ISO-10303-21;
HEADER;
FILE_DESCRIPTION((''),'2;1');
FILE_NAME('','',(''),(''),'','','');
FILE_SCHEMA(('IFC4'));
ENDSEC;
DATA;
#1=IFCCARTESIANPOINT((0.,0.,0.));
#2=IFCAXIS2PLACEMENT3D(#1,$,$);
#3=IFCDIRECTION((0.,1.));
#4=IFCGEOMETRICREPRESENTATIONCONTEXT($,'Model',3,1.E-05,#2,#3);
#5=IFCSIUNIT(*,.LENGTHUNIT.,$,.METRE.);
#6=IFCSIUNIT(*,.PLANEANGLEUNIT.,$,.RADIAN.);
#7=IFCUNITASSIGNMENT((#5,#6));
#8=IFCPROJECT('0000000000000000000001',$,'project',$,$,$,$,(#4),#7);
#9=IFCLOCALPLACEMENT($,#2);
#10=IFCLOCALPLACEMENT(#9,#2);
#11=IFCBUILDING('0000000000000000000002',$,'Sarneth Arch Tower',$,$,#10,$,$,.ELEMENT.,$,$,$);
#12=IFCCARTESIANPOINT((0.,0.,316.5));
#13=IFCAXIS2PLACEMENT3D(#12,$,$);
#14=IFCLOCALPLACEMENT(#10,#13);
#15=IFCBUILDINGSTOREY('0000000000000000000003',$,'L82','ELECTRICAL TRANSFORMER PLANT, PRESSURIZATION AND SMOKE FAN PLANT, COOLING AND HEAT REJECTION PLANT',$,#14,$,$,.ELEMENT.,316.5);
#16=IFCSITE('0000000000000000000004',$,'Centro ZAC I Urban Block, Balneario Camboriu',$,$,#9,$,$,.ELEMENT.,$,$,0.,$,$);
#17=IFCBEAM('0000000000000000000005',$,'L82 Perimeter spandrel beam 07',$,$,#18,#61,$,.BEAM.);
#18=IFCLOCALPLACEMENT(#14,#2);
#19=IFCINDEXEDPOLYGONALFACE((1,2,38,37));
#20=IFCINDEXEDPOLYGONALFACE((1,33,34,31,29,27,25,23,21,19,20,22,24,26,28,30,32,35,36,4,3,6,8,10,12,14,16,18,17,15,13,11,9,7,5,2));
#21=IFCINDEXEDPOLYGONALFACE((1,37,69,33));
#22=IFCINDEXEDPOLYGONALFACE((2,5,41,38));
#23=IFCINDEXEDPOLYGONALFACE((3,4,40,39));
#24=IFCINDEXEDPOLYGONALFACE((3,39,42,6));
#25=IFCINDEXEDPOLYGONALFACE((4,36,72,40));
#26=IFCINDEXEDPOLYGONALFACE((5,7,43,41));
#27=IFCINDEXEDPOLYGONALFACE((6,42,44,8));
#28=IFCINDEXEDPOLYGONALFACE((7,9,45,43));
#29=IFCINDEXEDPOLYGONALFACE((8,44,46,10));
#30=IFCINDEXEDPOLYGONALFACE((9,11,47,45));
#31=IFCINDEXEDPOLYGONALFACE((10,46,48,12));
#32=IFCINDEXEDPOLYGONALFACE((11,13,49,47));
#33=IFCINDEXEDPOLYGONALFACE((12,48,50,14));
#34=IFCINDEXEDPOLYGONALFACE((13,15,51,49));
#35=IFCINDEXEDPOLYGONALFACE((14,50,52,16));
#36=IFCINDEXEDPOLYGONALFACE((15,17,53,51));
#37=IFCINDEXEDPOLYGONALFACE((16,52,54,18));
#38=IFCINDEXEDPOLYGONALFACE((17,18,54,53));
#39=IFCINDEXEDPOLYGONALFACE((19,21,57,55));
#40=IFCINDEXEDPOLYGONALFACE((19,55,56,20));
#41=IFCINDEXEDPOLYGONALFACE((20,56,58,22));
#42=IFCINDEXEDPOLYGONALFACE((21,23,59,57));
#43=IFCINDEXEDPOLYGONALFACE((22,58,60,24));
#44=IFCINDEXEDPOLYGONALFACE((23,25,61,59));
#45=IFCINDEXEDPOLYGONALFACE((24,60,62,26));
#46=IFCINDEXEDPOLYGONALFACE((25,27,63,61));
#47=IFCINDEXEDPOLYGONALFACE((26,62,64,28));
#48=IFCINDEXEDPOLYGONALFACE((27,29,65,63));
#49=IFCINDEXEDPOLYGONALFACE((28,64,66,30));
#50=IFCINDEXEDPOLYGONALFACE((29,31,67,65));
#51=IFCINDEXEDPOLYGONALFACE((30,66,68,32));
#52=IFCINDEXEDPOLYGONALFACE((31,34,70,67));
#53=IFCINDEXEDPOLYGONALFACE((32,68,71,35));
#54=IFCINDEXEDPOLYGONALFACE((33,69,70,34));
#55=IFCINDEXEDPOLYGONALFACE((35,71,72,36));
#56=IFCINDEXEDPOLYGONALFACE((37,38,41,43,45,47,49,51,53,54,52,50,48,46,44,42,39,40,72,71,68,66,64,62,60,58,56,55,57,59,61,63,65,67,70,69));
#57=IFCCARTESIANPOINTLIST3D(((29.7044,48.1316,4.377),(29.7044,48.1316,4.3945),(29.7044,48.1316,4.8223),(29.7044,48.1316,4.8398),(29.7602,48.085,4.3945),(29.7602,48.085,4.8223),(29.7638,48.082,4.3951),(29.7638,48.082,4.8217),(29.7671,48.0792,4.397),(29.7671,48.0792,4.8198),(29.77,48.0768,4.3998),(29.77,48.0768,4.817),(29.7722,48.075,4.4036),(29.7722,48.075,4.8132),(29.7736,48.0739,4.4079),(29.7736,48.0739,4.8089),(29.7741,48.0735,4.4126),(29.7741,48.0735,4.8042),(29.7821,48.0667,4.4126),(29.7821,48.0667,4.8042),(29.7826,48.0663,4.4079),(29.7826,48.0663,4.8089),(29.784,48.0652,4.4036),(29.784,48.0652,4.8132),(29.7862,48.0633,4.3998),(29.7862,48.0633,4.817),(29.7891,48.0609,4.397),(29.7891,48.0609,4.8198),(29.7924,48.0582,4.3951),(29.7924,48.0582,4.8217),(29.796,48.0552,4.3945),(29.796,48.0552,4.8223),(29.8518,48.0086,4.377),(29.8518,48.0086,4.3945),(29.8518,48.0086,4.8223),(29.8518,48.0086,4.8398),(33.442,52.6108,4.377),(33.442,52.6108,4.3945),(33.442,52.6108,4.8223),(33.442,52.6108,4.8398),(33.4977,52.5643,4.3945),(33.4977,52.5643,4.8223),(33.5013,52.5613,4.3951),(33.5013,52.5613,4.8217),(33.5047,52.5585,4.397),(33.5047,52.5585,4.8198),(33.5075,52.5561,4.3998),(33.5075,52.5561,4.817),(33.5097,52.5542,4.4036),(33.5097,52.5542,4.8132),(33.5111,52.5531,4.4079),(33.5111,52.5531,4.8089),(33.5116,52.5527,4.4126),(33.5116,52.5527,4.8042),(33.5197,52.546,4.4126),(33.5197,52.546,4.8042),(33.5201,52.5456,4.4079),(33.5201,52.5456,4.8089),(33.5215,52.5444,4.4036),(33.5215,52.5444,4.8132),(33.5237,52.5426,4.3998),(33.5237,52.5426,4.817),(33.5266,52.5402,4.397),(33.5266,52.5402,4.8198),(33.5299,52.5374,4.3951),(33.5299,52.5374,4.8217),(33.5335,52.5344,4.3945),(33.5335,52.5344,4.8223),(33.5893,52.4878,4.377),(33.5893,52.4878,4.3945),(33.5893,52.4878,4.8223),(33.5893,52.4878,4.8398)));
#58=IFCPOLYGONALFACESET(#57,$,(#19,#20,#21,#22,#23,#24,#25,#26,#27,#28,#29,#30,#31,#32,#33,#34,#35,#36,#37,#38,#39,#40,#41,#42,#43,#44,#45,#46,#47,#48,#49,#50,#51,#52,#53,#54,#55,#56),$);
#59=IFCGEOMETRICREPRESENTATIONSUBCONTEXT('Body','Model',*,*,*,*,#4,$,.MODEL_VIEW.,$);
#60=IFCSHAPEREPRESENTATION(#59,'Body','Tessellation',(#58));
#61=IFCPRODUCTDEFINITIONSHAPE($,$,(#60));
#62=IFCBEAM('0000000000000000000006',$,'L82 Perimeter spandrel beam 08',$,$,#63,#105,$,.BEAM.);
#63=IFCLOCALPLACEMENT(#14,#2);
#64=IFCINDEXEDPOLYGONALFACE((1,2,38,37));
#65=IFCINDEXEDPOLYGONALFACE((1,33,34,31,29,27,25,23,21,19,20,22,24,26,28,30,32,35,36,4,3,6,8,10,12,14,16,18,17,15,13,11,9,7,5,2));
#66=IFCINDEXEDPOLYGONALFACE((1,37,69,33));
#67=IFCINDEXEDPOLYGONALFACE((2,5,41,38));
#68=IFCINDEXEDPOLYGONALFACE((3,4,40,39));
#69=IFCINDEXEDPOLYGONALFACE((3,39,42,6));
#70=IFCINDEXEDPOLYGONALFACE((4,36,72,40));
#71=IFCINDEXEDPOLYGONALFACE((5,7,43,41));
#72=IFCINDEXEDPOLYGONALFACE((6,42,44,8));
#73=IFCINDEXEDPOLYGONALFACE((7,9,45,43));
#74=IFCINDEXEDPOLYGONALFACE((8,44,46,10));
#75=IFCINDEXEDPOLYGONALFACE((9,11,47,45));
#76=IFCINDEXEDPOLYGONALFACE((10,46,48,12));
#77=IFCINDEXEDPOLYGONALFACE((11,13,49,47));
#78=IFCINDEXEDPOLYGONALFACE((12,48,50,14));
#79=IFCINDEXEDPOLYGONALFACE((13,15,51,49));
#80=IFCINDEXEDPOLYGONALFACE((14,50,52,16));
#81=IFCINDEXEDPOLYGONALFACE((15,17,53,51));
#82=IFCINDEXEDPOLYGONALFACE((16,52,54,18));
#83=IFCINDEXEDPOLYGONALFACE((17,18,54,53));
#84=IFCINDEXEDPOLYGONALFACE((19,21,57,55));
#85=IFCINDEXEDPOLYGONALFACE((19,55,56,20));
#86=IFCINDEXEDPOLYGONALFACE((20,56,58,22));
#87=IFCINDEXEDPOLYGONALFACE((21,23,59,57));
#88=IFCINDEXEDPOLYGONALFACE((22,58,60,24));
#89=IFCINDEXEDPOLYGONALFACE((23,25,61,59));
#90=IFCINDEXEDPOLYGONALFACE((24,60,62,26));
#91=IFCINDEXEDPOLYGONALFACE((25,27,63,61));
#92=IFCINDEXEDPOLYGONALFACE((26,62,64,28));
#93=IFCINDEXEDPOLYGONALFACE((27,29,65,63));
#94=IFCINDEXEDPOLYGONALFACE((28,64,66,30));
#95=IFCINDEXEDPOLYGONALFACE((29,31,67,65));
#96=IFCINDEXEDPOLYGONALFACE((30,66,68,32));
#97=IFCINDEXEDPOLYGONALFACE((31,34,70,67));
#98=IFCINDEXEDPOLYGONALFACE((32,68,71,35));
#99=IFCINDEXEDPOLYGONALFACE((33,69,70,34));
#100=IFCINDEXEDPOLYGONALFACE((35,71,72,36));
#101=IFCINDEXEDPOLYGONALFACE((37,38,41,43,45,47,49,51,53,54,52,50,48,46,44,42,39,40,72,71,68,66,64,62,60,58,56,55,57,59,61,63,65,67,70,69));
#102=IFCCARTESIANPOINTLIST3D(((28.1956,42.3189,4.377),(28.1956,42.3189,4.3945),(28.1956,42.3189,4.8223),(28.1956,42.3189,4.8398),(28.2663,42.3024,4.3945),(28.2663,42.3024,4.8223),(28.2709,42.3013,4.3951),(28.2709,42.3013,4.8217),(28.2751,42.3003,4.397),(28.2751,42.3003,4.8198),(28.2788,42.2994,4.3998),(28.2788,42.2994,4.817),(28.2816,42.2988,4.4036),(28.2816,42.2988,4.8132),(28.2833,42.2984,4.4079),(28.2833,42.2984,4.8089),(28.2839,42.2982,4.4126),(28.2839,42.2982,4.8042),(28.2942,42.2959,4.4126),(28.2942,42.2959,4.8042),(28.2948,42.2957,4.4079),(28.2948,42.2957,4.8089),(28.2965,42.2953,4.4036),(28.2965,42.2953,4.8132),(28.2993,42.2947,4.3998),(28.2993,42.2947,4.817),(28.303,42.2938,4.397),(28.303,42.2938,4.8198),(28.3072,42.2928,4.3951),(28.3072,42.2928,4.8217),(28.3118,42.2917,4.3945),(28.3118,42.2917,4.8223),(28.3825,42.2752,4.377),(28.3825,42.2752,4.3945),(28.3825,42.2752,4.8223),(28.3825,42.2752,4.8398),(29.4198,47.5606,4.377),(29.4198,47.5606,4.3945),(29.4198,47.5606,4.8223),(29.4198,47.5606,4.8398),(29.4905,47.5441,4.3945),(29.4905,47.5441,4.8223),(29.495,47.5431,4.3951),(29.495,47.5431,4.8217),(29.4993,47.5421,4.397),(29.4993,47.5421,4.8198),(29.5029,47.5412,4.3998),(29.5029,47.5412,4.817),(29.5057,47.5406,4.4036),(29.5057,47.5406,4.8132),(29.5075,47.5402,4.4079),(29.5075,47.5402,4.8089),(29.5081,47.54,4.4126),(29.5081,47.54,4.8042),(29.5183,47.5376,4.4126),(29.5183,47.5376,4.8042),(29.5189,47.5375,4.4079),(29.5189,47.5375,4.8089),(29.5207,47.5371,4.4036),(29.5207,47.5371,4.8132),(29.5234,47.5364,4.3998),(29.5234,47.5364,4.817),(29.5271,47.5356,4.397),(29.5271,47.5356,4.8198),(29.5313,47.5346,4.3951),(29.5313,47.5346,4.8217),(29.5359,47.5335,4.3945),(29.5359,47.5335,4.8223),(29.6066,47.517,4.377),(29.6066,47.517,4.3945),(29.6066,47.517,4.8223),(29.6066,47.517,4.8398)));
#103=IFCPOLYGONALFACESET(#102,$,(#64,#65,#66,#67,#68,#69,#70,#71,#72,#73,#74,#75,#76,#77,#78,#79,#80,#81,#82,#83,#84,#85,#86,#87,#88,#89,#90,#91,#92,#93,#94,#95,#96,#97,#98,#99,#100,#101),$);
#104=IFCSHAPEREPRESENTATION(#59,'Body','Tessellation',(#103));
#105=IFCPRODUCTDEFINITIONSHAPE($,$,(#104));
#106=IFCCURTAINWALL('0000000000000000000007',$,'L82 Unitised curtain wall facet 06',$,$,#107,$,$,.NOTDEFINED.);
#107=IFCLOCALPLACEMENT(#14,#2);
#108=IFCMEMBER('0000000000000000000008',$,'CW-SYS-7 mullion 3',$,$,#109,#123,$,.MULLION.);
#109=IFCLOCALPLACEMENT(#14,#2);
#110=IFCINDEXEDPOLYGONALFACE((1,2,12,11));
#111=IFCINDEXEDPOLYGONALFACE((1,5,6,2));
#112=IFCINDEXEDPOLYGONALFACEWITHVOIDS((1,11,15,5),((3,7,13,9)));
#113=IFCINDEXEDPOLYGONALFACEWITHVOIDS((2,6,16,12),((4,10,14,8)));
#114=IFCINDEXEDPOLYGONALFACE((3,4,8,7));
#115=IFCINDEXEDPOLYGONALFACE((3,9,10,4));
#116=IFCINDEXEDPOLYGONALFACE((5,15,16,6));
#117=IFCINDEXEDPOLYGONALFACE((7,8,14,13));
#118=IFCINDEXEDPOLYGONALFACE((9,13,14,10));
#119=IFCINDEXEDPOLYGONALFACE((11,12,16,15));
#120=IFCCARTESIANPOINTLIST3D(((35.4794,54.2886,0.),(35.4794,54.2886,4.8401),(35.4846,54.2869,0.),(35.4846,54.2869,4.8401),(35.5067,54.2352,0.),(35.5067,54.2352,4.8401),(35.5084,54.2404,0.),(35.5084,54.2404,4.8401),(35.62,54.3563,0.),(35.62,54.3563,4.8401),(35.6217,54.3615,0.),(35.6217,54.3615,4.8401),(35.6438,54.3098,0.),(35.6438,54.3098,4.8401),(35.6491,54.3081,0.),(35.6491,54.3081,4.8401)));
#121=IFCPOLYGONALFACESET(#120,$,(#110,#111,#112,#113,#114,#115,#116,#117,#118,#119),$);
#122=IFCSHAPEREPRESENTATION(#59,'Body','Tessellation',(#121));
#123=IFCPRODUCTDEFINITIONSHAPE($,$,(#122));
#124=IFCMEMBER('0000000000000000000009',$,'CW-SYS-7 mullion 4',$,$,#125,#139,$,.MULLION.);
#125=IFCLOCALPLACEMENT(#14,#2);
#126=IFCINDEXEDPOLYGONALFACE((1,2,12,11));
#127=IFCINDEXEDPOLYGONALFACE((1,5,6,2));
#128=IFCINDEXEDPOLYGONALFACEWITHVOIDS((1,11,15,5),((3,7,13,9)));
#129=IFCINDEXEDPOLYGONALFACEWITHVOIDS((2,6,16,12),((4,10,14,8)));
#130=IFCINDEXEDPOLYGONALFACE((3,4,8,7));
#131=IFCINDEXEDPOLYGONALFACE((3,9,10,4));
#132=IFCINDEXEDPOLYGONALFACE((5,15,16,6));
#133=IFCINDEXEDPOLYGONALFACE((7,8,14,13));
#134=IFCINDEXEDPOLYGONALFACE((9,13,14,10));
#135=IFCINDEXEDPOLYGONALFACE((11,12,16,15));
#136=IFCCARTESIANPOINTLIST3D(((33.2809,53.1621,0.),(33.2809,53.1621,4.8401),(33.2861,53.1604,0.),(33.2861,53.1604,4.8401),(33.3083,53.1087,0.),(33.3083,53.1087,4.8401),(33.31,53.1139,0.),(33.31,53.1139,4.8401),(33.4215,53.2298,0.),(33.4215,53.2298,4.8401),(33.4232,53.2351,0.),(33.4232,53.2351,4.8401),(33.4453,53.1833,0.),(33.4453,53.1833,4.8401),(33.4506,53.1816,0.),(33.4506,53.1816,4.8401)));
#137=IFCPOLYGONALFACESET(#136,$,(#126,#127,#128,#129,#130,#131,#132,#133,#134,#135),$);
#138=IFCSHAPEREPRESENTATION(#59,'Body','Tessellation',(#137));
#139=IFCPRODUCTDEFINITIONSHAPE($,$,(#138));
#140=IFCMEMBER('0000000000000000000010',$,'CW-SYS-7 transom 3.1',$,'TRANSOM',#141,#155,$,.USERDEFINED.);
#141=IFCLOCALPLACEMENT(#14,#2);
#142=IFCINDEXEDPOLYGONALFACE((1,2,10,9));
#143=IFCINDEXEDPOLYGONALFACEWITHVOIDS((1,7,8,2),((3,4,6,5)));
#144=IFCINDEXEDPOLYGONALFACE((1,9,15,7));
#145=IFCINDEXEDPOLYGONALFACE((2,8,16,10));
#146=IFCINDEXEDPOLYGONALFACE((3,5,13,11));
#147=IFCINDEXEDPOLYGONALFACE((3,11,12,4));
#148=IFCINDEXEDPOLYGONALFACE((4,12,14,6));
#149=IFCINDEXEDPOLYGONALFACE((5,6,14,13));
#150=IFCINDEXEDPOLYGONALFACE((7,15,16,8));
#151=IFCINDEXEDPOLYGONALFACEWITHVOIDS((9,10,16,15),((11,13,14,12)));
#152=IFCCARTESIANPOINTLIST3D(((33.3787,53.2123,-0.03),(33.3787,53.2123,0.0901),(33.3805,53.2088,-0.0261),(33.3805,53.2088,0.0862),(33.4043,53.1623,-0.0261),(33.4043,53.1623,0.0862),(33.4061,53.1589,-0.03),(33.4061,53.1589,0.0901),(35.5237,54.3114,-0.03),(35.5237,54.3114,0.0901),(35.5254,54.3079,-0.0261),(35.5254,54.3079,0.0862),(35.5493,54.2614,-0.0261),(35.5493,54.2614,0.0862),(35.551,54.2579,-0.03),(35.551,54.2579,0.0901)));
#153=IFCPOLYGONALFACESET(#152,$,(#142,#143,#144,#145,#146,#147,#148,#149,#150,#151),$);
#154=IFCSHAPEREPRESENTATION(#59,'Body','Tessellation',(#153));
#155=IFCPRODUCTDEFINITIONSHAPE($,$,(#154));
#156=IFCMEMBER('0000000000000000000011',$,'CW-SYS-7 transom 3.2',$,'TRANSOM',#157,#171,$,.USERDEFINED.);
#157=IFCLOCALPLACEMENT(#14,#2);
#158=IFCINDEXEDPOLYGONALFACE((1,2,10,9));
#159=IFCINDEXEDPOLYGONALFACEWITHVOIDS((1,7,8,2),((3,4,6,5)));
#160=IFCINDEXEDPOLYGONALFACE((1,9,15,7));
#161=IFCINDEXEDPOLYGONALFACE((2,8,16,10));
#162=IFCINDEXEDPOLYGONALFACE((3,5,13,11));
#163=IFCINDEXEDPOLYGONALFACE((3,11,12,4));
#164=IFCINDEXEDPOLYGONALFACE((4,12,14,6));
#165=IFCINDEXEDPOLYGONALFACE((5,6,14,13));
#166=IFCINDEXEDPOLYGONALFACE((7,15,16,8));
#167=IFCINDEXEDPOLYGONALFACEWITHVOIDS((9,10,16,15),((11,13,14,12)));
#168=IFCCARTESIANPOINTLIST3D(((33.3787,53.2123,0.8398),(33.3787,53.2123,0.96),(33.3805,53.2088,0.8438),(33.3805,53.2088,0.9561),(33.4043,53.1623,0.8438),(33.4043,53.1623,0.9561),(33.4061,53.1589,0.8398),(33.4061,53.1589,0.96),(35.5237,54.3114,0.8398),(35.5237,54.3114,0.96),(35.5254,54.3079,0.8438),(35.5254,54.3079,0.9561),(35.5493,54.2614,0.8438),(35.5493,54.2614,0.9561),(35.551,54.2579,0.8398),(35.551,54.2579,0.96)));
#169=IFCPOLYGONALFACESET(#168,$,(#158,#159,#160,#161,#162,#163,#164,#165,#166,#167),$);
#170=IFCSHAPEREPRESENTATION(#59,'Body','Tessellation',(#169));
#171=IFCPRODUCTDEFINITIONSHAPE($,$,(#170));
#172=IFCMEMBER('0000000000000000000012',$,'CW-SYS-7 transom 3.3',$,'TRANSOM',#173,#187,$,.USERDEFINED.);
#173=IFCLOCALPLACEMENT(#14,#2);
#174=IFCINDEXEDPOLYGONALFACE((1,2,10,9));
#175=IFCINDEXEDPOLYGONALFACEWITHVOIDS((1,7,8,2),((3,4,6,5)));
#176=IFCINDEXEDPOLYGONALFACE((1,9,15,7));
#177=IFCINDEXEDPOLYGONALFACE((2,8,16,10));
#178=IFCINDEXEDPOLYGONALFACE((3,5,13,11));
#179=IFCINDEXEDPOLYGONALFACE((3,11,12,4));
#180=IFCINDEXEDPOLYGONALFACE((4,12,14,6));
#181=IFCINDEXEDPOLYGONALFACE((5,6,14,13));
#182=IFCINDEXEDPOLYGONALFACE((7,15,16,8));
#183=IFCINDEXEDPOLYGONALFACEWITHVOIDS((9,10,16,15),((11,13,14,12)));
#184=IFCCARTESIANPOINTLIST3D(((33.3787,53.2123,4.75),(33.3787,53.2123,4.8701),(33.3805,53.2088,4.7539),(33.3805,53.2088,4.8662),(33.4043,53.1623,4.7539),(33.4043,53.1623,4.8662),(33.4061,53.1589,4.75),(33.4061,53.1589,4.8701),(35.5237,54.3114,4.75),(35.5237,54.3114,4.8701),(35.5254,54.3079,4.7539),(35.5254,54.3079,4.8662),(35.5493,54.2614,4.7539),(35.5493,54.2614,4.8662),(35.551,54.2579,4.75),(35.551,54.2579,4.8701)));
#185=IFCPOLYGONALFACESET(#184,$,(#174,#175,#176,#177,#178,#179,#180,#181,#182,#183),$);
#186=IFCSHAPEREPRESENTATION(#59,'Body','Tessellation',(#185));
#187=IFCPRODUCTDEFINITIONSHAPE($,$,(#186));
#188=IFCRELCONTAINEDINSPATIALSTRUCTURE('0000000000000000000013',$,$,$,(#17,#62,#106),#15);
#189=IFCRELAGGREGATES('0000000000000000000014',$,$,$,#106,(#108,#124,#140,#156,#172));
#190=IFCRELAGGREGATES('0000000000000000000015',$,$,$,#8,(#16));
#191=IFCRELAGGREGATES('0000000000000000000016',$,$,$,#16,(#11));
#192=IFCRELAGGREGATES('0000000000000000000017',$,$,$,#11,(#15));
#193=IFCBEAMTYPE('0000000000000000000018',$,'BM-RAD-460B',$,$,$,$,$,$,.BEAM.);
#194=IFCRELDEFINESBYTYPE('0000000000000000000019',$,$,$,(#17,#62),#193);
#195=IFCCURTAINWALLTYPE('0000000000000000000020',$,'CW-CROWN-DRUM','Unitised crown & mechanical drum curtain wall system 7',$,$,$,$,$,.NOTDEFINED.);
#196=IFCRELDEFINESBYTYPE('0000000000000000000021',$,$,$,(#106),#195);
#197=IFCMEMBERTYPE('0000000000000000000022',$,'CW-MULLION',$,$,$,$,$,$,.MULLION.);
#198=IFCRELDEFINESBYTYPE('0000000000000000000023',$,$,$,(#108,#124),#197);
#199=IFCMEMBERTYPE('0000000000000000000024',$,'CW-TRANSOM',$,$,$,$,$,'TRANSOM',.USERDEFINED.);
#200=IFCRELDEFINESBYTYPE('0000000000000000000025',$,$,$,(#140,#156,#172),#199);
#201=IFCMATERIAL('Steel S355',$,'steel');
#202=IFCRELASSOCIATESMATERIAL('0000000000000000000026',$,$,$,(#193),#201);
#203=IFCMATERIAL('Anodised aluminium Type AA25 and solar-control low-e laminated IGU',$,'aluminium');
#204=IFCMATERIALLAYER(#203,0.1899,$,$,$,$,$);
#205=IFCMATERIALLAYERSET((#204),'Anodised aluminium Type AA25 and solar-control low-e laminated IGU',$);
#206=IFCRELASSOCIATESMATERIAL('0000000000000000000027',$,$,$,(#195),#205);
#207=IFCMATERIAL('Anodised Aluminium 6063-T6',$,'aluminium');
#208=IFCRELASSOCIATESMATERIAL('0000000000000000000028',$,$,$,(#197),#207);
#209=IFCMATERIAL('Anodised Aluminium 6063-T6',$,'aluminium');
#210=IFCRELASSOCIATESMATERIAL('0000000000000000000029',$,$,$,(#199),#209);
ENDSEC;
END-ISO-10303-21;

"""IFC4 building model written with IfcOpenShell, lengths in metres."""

from ifc_helpers import new_model, si_unit, direction, frame, origin, origin_2d, place, context, subcontext, project, spatial, hollow_rectangle, i_section, extrude, material, layer, layer_set, material_profile, profile_set, type_object, element, aggregate, save


model = new_model("IFC4")

# Units and contexts
model_context = context("Model", 3, precision=1e-05, world=origin(), true_north=direction((0.0, 1.0)))
body_context = subcontext(model_context, "Body", "Model", "MODEL_VIEW")
ifc_project = project(units=[si_unit("LENGTHUNIT", "METRE"), si_unit("PLANEANGLEUNIT", "RADIAN")], contexts=[model_context])

# Site, building, storey
site_placement = place(None, origin())
site = spatial("IfcSite", under=ifc_project, at=site_placement, Name="Centro ZAC I Urban Block, Balneario Camboriu", CompositionType="ELEMENT", RefElevation=0.0)
building_placement = place(site_placement, origin())
building = spatial("IfcBuilding", under=site, at=building_placement, Name="Sarneth Arch Tower", CompositionType="ELEMENT")
storey_placement = place(building_placement, frame((0.0, 0.0, 316.5)))
storey = spatial("IfcBuildingStorey", under=building, at=storey_placement, Name="L82", Description="ELECTRICAL TRANSFORMER PLANT, PRESSURIZATION AND SMOKE FAN PLANT, COOLING AND HEAT REJECTION PLANT", CompositionType="ELEMENT", Elevation=316.5)

# Beams
ifc_material_1 = material(Name="Steel S355", Category="steel")
ifc_material_profile_1 = material_profile(ifc_material_1, i_section(OverallWidth=0.1919, OverallDepth=0.4629, WebThickness=0.0105, FlangeThickness=0.0176, FilletRadius=0.0181, at=origin_2d()), Name="W460x89")
ifc_profile_set_1 = profile_set([ifc_material_profile_1], Name="Steel S355")
beam_type_1 = type_object("IfcBeamType", Name="BM-RAD-460B", PredefinedType="BEAM", material=ifc_profile_set_1)
beam_1_placement = place(storey_placement, frame((33.5156, 52.5493, 4.6084), z_axis=(-0.640674, -0.767813, 0.0), x_axis=(0.767813, -0.640674, 0.0)))
element("IfcBeam", 1, at=beam_1_placement, inside=storey, type_object=beam_type_1, Name="L82 Perimeter spandrel beam 07", PredefinedType="BEAM", context=body_context, shape_type="SweptSolid", body=[
    extrude(i_section(OverallWidth=0.1919, OverallDepth=0.4629, WebThickness=0.0105, FlangeThickness=0.0176, FilletRadius=0.0181, at=origin_2d()), origin(), (0.0, 0.0, 1.0), 5.8337),
])
beam_2_placement = place(storey_placement, frame((29.5132, 47.5388, 4.6084), z_axis=(-0.227416, -0.973798, 0.0), x_axis=(0.973798, -0.227416, 0.0)))
element("IfcBeam", 2, at=beam_2_placement, inside=storey, type_object=beam_type_1, Name="L82 Perimeter spandrel beam 08", PredefinedType="BEAM", context=body_context, shape_type="SweptSolid", body=[
    extrude(i_section(OverallWidth=0.1919, OverallDepth=0.4629, WebThickness=0.0105, FlangeThickness=0.0176, FilletRadius=0.0181, at=origin_2d()), origin(), (0.0, 0.0, 1.0), 5.3828),
])

# Curtain wall, members
ifc_material_2 = material(Name="Anodised aluminium Type AA25 and solar-control low-e laminated IGU", Category="aluminium")
ifc_layer_1 = layer(ifc_material_2, 0.1899)
ifc_layer_set_1 = layer_set([ifc_layer_1], Name="Anodised aluminium Type AA25 and solar-control low-e laminated IGU")
curtain_wall_type = type_object("IfcCurtainWallType", Name="CW-CROWN-DRUM", Description="Unitised crown & mechanical drum curtain wall system 7", PredefinedType="NOTDEFINED", material=ifc_layer_set_1)
curtain_wall_placement = place(storey_placement, origin())
curtain_wall = element("IfcCurtainWall", 3, at=curtain_wall_placement, inside=storey, type_object=curtain_wall_type, Name="L82 Unitised curtain wall facet 06", PredefinedType="NOTDEFINED")
ifc_material_3 = material(Name="Anodised Aluminium 6063-T6", Category="aluminium")
ifc_material_profile_2 = material_profile(ifc_material_3, hollow_rectangle(XDim=0.0601, YDim=0.1599, WallThickness=0.0039, at=origin_2d()), Name="AL-MULL-160x60x4")
ifc_profile_set_2 = profile_set([ifc_material_profile_2], Name="Anodised Aluminium 6063-T6")
member_type_1 = type_object("IfcMemberType", Name="CW-MULLION", PredefinedType="MULLION", material=ifc_profile_set_2)
member_1_placement = place(storey_placement, frame((35.5642, 54.2983, 0.0), z_axis=(0.0, 0.0, 1.0), x_axis=(0.45604, -0.889959, 0.0)))
member_1 = element("IfcMember", 4, at=member_1_placement, type_object=member_type_1, Name="CW-SYS-7 mullion 3", PredefinedType="MULLION", context=body_context, shape_type="SweptSolid", body=[
    extrude(hollow_rectangle(XDim=0.0601, YDim=0.1599, WallThickness=0.0039, at=origin_2d()), origin(), (0.0, 0.0, 1.0), 4.8401),
])
member_2_placement = place(storey_placement, frame((33.3657, 53.1719, 0.0), z_axis=(0.0, 0.0, 1.0), x_axis=(0.45604, -0.889959, 0.0)))
member_2 = element("IfcMember", 5, at=member_2_placement, type_object=member_type_1, Name="CW-SYS-7 mullion 4", PredefinedType="MULLION", context=body_context, shape_type="SweptSolid", body=[
    extrude(hollow_rectangle(XDim=0.0601, YDim=0.1599, WallThickness=0.0039, at=origin_2d()), origin(), (0.0, 0.0, 1.0), 4.8401),
])
ifc_material_4 = material(Name="Anodised Aluminium 6063-T6", Category="aluminium")
ifc_material_profile_3 = material_profile(ifc_material_4, hollow_rectangle(XDim=0.0601, YDim=0.1201, WallThickness=0.0039, at=origin_2d()), Name="AL-TRAN-120x60x4")
ifc_profile_set_3 = profile_set([ifc_material_profile_3], Name="Anodised Aluminium 6063-T6")
member_type_2 = type_object("IfcMemberType", Name="CW-TRANSOM", ElementType="TRANSOM", PredefinedType="USERDEFINED", material=ifc_profile_set_3)
member_3_placement = place(storey_placement, frame((35.5374, 54.2847, 0.03), z_axis=(-0.889967, -0.456025, 0.0), x_axis=(0.456025, -0.889967, 0.0)))
member_3 = element("IfcMember", 6, at=member_3_placement, type_object=member_type_2, Name="CW-SYS-7 transom 3.1", ObjectType="TRANSOM", PredefinedType="USERDEFINED", context=body_context, shape_type="SweptSolid", body=[
    extrude(hollow_rectangle(XDim=0.0601, YDim=0.1201, WallThickness=0.0039, at=origin_2d()), origin(), (0.0, 0.0, 1.0), 2.4102),
])
member_4_placement = place(storey_placement, frame((35.5374, 54.2847, 0.8999), z_axis=(-0.889967, -0.456025, 0.0), x_axis=(0.456025, -0.889967, 0.0)))
member_4 = element("IfcMember", 7, at=member_4_placement, type_object=member_type_2, Name="CW-SYS-7 transom 3.2", ObjectType="TRANSOM", PredefinedType="USERDEFINED", context=body_context, shape_type="SweptSolid", body=[
    extrude(hollow_rectangle(XDim=0.0601, YDim=0.1201, WallThickness=0.0039, at=origin_2d()), origin(), (0.0, 0.0, 1.0), 2.4102),
])
member_5_placement = place(storey_placement, frame((35.5374, 54.2847, 4.8101), z_axis=(-0.889967, -0.456025, 0.0), x_axis=(0.456025, -0.889967, 0.0)))
member_5 = element("IfcMember", 8, at=member_5_placement, type_object=member_type_2, Name="CW-SYS-7 transom 3.3", ObjectType="TRANSOM", PredefinedType="USERDEFINED", context=body_context, shape_type="SweptSolid", body=[
    extrude(hollow_rectangle(XDim=0.0601, YDim=0.1201, WallThickness=0.0039, at=origin_2d()), origin(), (0.0, 0.0, 1.0), 2.4102),
])

aggregate(curtain_wall, [member_1, member_2, member_3, member_4, member_5])

save(model, "model.ifc")
